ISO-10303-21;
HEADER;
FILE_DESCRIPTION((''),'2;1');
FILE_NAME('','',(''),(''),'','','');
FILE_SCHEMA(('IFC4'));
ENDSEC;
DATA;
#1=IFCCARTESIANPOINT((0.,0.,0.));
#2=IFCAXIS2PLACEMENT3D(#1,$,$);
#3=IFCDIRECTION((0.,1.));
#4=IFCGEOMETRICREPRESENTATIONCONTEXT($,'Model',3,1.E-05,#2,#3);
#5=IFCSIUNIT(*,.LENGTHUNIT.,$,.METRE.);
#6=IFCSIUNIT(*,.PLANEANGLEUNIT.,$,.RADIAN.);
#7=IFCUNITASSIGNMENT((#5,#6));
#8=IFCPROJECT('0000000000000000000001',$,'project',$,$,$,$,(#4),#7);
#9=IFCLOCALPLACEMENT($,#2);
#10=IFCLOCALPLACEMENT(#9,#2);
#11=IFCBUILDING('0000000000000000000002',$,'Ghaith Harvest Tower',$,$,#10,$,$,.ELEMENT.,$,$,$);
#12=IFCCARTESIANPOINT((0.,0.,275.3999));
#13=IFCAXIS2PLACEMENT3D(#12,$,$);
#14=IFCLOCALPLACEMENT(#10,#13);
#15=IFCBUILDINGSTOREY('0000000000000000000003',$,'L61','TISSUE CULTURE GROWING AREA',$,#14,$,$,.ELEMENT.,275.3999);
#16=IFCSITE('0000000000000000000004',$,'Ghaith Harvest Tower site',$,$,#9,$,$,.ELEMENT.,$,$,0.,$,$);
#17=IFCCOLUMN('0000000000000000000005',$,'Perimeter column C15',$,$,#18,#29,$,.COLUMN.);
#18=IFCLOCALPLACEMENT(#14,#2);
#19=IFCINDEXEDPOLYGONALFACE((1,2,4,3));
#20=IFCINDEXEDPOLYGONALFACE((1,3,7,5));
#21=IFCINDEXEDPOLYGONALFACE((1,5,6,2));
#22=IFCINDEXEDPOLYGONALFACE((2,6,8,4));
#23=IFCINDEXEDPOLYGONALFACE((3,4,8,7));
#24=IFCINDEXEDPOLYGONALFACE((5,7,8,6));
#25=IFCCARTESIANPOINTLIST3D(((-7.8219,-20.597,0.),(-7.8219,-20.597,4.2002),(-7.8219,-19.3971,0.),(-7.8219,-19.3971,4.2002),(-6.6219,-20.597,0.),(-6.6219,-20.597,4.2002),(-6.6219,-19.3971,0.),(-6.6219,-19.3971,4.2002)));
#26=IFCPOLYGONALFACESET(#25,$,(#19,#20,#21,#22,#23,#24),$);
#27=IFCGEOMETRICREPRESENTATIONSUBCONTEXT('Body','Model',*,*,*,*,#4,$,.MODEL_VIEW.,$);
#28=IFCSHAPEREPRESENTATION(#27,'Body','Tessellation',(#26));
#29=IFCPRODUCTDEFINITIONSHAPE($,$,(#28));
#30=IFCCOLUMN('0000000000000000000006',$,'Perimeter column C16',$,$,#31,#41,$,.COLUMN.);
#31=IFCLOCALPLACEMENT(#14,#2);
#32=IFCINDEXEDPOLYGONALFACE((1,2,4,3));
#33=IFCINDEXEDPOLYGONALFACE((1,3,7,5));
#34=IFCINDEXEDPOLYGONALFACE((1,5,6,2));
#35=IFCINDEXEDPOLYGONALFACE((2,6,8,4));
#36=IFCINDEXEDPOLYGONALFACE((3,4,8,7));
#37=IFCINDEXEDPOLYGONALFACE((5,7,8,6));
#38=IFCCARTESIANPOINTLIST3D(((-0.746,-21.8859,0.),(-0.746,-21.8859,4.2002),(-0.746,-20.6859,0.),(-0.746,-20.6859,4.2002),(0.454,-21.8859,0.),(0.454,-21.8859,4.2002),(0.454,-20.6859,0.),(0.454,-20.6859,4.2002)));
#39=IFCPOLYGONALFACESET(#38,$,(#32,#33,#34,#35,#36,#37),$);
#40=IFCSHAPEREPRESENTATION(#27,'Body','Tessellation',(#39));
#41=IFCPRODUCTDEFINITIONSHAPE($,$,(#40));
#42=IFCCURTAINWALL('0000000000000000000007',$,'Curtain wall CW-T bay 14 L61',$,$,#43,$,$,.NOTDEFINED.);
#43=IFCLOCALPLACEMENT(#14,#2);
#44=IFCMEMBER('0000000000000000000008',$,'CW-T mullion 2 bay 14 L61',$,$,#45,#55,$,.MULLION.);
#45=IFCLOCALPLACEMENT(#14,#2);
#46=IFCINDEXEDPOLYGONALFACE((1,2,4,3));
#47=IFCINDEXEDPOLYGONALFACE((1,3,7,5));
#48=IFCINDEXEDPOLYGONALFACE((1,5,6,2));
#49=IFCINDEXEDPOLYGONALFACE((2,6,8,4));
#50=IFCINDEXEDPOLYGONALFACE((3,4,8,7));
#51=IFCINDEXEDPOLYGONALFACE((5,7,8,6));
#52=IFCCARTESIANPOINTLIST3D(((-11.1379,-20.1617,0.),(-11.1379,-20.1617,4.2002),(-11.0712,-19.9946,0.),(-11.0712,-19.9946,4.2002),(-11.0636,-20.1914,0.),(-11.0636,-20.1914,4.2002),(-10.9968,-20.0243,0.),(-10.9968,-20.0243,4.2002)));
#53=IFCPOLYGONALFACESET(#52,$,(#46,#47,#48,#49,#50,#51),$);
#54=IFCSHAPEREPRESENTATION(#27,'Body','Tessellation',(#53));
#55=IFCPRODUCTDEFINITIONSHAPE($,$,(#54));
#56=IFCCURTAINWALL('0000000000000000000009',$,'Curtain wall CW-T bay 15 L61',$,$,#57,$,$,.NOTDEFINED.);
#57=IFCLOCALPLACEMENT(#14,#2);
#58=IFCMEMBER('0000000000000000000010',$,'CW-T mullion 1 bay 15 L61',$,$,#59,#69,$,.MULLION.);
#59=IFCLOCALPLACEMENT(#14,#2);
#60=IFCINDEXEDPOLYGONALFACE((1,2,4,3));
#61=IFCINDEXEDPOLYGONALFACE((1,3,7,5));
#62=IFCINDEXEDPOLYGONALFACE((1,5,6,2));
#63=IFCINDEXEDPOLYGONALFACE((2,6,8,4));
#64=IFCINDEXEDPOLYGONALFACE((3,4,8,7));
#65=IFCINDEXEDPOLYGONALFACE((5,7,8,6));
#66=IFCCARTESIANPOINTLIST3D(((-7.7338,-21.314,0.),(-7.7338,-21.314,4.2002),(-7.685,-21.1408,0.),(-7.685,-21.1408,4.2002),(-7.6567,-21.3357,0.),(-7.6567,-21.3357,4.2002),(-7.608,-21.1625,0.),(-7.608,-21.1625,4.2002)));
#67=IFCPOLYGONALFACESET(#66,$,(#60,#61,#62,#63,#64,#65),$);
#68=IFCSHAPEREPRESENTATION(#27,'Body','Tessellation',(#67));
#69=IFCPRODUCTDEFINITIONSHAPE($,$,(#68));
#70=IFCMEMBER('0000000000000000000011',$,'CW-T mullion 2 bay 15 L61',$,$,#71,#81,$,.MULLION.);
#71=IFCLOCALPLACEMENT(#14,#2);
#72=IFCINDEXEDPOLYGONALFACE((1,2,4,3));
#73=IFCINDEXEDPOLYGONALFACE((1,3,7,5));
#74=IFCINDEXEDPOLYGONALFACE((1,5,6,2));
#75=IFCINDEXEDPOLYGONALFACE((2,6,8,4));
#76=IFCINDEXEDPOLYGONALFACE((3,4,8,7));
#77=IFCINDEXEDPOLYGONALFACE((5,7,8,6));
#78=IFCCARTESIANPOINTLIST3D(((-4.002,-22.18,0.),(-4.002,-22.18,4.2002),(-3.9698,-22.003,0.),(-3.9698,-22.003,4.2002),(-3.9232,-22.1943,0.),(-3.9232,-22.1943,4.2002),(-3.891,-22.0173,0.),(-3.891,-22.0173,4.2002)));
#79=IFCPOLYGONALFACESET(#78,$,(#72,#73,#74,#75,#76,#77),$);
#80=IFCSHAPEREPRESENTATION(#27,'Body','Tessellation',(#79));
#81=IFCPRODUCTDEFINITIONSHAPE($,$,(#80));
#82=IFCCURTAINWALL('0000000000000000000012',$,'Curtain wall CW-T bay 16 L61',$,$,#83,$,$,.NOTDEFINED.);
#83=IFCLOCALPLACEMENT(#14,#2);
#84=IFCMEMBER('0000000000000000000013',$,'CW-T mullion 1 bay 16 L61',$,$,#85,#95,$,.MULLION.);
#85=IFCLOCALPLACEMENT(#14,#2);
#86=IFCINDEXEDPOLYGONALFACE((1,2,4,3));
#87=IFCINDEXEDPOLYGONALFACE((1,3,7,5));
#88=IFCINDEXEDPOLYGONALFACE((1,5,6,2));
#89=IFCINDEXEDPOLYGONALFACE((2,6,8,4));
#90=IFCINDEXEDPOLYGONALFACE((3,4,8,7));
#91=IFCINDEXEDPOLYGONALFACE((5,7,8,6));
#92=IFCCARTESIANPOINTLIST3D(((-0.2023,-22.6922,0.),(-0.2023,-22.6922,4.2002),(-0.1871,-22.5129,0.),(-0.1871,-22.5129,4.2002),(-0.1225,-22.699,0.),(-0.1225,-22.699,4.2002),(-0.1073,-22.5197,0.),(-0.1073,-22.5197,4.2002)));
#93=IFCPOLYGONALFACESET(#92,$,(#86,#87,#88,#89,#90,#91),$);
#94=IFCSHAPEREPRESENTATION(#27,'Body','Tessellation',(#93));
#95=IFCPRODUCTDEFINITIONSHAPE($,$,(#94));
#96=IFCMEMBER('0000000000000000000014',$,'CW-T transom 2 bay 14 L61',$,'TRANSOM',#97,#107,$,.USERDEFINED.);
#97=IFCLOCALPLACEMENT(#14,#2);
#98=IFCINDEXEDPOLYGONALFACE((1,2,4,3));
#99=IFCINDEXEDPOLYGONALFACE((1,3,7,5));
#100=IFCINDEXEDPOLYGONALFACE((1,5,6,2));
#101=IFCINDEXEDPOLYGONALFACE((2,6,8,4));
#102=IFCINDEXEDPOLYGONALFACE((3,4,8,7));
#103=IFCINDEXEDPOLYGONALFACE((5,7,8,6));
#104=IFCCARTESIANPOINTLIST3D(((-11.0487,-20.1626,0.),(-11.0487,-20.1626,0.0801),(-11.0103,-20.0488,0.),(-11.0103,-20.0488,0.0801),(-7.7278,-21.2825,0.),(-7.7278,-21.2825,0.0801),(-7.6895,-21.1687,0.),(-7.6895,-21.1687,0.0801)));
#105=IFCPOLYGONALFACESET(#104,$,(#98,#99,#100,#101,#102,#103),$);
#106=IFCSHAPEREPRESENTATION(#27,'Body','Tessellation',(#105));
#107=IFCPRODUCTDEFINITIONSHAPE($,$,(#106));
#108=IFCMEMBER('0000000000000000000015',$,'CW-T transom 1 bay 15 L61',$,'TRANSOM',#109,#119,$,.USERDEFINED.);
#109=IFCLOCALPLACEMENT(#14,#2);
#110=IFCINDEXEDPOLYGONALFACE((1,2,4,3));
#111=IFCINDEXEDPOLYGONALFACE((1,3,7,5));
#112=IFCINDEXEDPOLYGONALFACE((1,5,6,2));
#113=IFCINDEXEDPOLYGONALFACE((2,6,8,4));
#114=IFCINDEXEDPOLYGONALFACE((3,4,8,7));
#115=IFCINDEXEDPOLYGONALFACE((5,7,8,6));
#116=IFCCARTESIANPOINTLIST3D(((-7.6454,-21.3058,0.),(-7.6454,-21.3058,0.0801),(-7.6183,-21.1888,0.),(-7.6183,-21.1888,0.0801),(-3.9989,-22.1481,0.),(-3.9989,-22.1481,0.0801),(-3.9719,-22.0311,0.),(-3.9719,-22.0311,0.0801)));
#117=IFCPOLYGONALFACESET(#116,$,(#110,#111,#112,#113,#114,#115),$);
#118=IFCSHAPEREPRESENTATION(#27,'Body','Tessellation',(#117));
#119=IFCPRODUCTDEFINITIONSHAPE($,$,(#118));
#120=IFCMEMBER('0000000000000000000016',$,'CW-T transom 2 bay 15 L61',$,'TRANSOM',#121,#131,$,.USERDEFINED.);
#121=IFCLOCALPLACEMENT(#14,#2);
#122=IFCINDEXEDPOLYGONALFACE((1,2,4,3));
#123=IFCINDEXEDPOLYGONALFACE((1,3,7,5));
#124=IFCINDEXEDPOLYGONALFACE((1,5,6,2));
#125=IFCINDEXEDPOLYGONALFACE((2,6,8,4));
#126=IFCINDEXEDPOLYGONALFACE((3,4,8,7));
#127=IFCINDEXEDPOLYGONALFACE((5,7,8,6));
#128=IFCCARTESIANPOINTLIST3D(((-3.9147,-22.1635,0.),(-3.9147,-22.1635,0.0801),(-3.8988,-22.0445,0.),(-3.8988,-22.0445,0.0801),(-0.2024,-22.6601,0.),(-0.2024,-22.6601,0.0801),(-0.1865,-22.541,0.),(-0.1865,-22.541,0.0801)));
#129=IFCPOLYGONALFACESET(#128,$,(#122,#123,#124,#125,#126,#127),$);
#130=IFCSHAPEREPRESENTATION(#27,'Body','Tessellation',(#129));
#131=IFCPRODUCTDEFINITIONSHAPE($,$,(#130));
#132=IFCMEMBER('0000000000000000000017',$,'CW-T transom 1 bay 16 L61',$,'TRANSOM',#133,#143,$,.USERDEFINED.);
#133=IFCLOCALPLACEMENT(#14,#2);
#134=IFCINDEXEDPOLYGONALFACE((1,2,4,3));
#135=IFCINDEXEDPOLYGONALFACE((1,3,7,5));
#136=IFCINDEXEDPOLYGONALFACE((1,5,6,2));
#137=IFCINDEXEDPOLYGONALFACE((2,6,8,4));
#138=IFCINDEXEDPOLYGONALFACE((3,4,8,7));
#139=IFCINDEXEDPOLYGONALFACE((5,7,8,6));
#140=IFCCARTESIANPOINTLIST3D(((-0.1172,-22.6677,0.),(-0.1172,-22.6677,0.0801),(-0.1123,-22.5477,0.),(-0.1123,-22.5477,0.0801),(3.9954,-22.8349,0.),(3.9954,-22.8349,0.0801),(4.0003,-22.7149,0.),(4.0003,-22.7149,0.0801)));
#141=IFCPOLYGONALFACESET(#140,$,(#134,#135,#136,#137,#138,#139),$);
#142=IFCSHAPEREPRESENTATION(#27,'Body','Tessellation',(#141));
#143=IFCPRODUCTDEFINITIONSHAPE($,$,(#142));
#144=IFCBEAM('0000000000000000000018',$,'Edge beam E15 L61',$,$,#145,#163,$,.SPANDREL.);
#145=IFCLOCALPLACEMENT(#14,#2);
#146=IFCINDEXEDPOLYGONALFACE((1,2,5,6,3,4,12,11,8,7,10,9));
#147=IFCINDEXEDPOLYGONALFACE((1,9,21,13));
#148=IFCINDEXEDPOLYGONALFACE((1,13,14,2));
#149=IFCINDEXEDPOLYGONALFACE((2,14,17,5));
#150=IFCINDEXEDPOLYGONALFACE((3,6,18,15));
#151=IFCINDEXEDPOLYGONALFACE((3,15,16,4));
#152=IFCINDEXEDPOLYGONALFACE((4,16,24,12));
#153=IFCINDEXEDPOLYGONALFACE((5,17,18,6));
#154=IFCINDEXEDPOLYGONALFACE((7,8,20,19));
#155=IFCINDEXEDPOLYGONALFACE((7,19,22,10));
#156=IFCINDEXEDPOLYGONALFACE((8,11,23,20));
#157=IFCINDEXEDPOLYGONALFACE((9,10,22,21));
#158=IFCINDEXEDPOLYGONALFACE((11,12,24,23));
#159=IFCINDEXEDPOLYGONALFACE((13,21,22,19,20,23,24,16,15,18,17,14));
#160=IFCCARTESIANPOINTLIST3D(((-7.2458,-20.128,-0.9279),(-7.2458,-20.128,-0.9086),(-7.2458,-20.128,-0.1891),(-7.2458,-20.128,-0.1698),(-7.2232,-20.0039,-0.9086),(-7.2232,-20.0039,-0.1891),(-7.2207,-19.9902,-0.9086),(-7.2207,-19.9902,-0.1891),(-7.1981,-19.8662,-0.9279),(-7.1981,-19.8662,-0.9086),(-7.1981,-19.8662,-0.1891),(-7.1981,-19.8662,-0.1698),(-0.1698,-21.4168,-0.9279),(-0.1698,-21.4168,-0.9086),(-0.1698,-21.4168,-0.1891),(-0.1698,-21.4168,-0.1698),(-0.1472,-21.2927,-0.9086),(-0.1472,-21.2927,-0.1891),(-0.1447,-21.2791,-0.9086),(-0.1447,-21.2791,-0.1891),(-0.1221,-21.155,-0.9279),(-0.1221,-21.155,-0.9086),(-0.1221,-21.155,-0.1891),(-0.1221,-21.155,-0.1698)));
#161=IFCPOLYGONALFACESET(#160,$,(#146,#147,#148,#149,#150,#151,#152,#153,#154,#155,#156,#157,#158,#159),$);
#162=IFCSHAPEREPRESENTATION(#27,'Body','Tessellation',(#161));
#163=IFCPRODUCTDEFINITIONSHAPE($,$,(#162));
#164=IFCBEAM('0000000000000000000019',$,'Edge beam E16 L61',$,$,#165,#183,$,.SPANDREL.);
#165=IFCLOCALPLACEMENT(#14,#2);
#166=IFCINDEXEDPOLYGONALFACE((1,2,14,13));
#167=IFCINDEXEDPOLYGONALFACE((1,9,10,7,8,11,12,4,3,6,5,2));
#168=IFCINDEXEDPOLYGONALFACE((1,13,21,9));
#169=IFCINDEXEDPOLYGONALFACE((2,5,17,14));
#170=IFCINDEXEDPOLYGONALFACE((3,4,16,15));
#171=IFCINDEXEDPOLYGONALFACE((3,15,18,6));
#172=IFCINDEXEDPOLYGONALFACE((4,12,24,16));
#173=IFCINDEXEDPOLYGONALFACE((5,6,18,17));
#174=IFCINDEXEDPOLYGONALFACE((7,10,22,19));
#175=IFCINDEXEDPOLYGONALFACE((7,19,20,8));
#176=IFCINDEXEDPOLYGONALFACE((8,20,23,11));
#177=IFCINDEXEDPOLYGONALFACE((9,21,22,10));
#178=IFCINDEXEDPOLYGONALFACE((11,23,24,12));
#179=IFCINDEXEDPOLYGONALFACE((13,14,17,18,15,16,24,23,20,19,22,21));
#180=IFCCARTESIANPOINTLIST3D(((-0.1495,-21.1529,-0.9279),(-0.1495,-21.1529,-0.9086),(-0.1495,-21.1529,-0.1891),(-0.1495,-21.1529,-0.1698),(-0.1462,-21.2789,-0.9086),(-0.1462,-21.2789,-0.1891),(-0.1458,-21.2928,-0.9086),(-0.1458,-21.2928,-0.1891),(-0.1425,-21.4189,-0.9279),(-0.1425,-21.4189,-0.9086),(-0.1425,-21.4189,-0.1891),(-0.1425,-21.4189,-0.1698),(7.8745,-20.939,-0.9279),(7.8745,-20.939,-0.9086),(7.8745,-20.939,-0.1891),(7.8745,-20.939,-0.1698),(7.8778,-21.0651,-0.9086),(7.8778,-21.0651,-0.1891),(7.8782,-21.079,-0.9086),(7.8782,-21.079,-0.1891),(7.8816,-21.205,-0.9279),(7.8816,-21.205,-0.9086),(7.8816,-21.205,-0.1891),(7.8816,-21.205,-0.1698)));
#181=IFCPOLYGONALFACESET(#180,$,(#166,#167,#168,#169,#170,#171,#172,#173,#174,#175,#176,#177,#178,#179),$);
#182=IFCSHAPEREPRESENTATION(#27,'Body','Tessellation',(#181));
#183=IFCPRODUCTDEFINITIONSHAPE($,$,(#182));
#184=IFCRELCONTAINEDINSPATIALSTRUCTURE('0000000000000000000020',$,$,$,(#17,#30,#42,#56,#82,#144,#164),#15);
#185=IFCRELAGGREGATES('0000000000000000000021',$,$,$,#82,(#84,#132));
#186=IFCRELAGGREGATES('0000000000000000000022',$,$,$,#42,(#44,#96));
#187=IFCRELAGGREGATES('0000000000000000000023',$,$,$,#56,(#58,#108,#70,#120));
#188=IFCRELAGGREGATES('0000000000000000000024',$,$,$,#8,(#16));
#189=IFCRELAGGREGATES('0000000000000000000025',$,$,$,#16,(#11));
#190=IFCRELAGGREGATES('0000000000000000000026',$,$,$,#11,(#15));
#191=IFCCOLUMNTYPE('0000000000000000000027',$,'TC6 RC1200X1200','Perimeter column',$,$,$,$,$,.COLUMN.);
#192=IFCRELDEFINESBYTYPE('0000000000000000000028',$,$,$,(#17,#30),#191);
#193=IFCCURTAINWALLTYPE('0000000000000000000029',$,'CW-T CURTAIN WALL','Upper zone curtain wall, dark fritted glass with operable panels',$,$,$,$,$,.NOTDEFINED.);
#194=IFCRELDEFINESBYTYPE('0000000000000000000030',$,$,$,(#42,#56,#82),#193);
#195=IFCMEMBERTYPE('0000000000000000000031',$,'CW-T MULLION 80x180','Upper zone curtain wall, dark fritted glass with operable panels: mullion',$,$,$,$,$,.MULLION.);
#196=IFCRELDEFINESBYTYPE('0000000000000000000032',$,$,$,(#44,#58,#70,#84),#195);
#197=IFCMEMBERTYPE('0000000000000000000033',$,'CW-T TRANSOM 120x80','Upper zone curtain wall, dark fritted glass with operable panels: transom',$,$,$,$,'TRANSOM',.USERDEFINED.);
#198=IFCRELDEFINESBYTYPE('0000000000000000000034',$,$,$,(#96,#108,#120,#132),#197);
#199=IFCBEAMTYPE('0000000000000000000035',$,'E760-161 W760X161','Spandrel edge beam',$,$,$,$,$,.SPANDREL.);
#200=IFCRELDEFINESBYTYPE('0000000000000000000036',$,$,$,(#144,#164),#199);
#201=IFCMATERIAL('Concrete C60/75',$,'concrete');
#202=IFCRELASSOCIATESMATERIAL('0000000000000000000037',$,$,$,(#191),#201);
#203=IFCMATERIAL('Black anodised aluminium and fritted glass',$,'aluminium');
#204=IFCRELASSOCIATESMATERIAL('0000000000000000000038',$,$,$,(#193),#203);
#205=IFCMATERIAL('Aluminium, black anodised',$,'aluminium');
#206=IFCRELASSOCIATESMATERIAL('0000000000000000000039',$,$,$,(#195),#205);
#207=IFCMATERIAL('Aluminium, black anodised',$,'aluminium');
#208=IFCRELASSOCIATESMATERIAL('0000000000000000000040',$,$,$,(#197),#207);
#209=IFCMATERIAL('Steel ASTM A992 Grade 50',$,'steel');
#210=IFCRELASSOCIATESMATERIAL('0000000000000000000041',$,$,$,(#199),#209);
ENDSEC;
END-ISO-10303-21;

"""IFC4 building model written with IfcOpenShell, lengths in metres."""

from ifc_helpers import new_model, si_unit, direction, frame, origin, origin_2d, place, context, subcontext, project, spatial, rectangle, i_section, extrude, material, material_profile, profile_set, type_object, element, aggregate, save


model = new_model("IFC4")

# Units and contexts
model_context = context("Model", 3, precision=1e-05, world=origin(), true_north=direction((0.0, 1.0)))
body_context = subcontext(model_context, "Body", "Model", "MODEL_VIEW")
ifc_project = project(units=[si_unit("LENGTHUNIT", "METRE"), si_unit("PLANEANGLEUNIT", "RADIAN")], contexts=[model_context])

# Site, building, storey
site_placement = place(None, origin())
site = spatial("IfcSite", under=ifc_project, at=site_placement, Name="Ghaith Harvest Tower site", CompositionType="ELEMENT", RefElevation=0.0)
building_placement = place(site_placement, origin())
building = spatial("IfcBuilding", under=site, at=building_placement, Name="Ghaith Harvest Tower", CompositionType="ELEMENT")
storey_placement = place(building_placement, frame((0.0, 0.0, 275.3999)))
storey = spatial("IfcBuildingStorey", under=building, at=storey_placement, Name="L61", Description="TISSUE CULTURE GROWING AREA", CompositionType="ELEMENT", Elevation=275.3999)

# Columns
ifc_material_1 = material(Name="Concrete C60/75", Category="concrete")
ifc_material_profile_1 = material_profile(ifc_material_1, rectangle(XDim=1.2, YDim=1.2, at=origin_2d()), Name="RC1200X1200")
ifc_profile_set_1 = profile_set([ifc_material_profile_1], Name="Concrete C60/75")
column_type = type_object("IfcColumnType", Name="TC6 RC1200X1200", Description="Perimeter column", PredefinedType="COLUMN", material=ifc_profile_set_1)
for number, where, z_axis, x_axis, name in (
    (1, (-7.2219, -19.9971, 0.0), (0.0, 0.0, 1.0), (1.0, 0.0, 0.0), "Perimeter column C15"),
    (2, (-0.146, -21.2859, 0.0), (0.0, 0.0, 1.0), (1.0, 0.0, 0.0), "Perimeter column C16"),
):
    element("IfcColumn", number, at=place(storey_placement, frame(where, z_axis=z_axis, x_axis=x_axis)), inside=storey, type_object=column_type, Name=name, PredefinedType="COLUMN", context=body_context, shape_type="SweptSolid", body=[
        extrude(rectangle(XDim=1.2, YDim=1.2, at=origin_2d()), origin(), (0.0, 0.0, 1.0), 4.2002),
    ])

# Curtain wall, member
ifc_material_2 = material(Name="Black anodised aluminium and fritted glass", Category="aluminium")
curtain_wall_type = type_object("IfcCurtainWallType", Name="CW-T CURTAIN WALL", Description="Upper zone curtain wall, dark fritted glass with operable panels", PredefinedType="NOTDEFINED", material=ifc_material_2)
curtain_wall_1_placement = place(storey_placement, origin())
curtain_wall_1 = element("IfcCurtainWall", 3, at=curtain_wall_1_placement, inside=storey, type_object=curtain_wall_type, Name="Curtain wall CW-T bay 14 L61", PredefinedType="NOTDEFINED")
ifc_material_3 = material(Name="Aluminium, black anodised", Category="aluminium")
ifc_material_profile_2 = material_profile(ifc_material_3, rectangle(XDim=0.0801, YDim=0.1799, at=origin_2d()), Name="CW-T MULLION 80x180")
ifc_profile_set_2 = profile_set([ifc_material_profile_2], Name="Aluminium, black anodised")
member_type_1 = type_object("IfcMemberType", Name="CW-T MULLION 80x180", Description="Upper zone curtain wall, dark fritted glass with operable panels: mullion", PredefinedType="MULLION", material=ifc_profile_set_2)
member_1_placement = place(storey_placement, frame((-11.0674, -20.093, 0.0), z_axis=(0.0, 0.0, 1.0), x_axis=(0.928624, -0.371021, 0.0)))
member_1 = element("IfcMember", 4, at=member_1_placement, type_object=member_type_1, Name="CW-T mullion 2 bay 14 L61", PredefinedType="MULLION", context=body_context, shape_type="SweptSolid", body=[
    extrude(rectangle(XDim=0.0801, YDim=0.1799, at=origin_2d()), origin(), (0.0, 0.0, 1.0), 4.2002),
])

# Curtain wall, members
curtain_wall_2_placement = place(storey_placement, origin())
curtain_wall_2 = element("IfcCurtainWall", 5, at=curtain_wall_2_placement, inside=storey, type_object=curtain_wall_type, Name="Curtain wall CW-T bay 15 L61", PredefinedType="NOTDEFINED")
member_2_placement = place(storey_placement, frame((-7.6709, -21.2383, 0.0), z_axis=(0.0, 0.0, 1.0), x_axis=(0.962552, -0.271095, 0.0)))
member_2 = element("IfcMember", 6, at=member_2_placement, type_object=member_type_1, Name="CW-T mullion 1 bay 15 L61", PredefinedType="MULLION", context=body_context, shape_type="SweptSolid", body=[
    extrude(rectangle(XDim=0.0801, YDim=0.1799, at=origin_2d()), origin(), (0.0, 0.0, 1.0), 4.2002),
])
member_3_placement = place(storey_placement, frame((-3.9465, -22.0986, 0.0), z_axis=(0.0, 0.0, 1.0), x_axis=(0.983843, -0.179031, 0.0)))
member_3 = element("IfcMember", 7, at=member_3_placement, type_object=member_type_1, Name="CW-T mullion 2 bay 15 L61", PredefinedType="MULLION", context=body_context, shape_type="SweptSolid", body=[
    extrude(rectangle(XDim=0.0801, YDim=0.1799, at=origin_2d()), origin(), (0.0, 0.0, 1.0), 4.2002),
])

# Curtain wall, member
curtain_wall_3_placement = place(storey_placement, origin())
curtain_wall_3 = element("IfcCurtainWall", 8, at=curtain_wall_3_placement, inside=storey, type_object=curtain_wall_type, Name="Curtain wall CW-T bay 16 L61", PredefinedType="NOTDEFINED")
member_4_placement = place(storey_placement, frame((-0.1548, -22.606, 0.0), z_axis=(0.0, 0.0, 1.0), x_axis=(0.996415, -0.084602, 0.0)))
member_4 = element("IfcMember", 9, at=member_4_placement, type_object=member_type_1, Name="CW-T mullion 1 bay 16 L61", PredefinedType="MULLION", context=body_context, shape_type="SweptSolid", body=[
    extrude(rectangle(XDim=0.0801, YDim=0.1799, at=origin_2d()), origin(), (0.0, 0.0, 1.0), 4.2002),
])

# Members
ifc_material_4 = material(Name="Aluminium, black anodised", Category="aluminium")
ifc_material_profile_3 = material_profile(ifc_material_4, rectangle(XDim=0.1201, YDim=0.0801, at=origin_2d()), Name="CW-T TRANSOM 120x80")
ifc_profile_set_3 = profile_set([ifc_material_profile_3], Name="Aluminium, black anodised")
member_type_2 = type_object("IfcMemberType", Name="CW-T TRANSOM 120x80", Description="Upper zone curtain wall, dark fritted glass with operable panels: transom", ElementType="TRANSOM", PredefinedType="USERDEFINED", material=ifc_profile_set_3)
member_5_placement = place(storey_placement, frame((-11.0295, -20.1057, 0.04), z_axis=(0.94757, -0.319549, 0.0), x_axis=(0.319549, 0.94757, 0.0)))
member_5 = element("IfcMember", 10, at=member_5_placement, type_object=member_type_2, Name="CW-T transom 2 bay 14 L61", ObjectType="TRANSOM", PredefinedType="USERDEFINED", context=body_context, shape_type="SweptSolid", body=[
    extrude(rectangle(XDim=0.1201, YDim=0.0801, at=origin_2d()), origin(), (0.0, 0.0, 1.0), 3.5046),
])
member_6_placement = place(storey_placement, frame((-7.6318, -21.2473, 0.04), z_axis=(0.974345, -0.22506, 0.0), x_axis=(0.22506, 0.974345, 0.0)))
member_6 = element("IfcMember", 11, at=member_6_placement, type_object=member_type_2, Name="CW-T transom 1 bay 15 L61", ObjectType="TRANSOM", PredefinedType="USERDEFINED", context=body_context, shape_type="SweptSolid", body=[
    extrude(rectangle(XDim=0.1201, YDim=0.0801, at=origin_2d()), origin(), (0.0, 0.0, 1.0), 3.7424),
])
member_7_placement = place(storey_placement, frame((-3.9067, -22.104, 0.04), z_axis=(0.991172, -0.132582, 0.0), x_axis=(0.132582, 0.991172, 0.0)))
member_7 = element("IfcMember", 12, at=member_7_placement, type_object=member_type_2, Name="CW-T transom 2 bay 15 L61", ObjectType="TRANSOM", PredefinedType="USERDEFINED", context=body_context, shape_type="SweptSolid", body=[
    extrude(rectangle(XDim=0.1201, YDim=0.0801, at=origin_2d()), origin(), (0.0, 0.0, 1.0), 3.7454),
])
member_8_placement = place(storey_placement, frame((-0.1147, -22.6077, 0.04), z_axis=(0.999174, -0.040631, 0.0), x_axis=(0.040631, 0.999174, 0.0)))
member_8 = element("IfcMember", 13, at=member_8_placement, type_object=member_type_2, Name="CW-T transom 1 bay 16 L61", ObjectType="TRANSOM", PredefinedType="USERDEFINED", context=body_context, shape_type="SweptSolid", body=[
    extrude(rectangle(XDim=0.1201, YDim=0.0801, at=origin_2d()), origin(), (0.0, 0.0, 1.0), 4.116),
])
aggregate(curtain_wall_3, [member_4, member_8])

# Beams
ifc_material_5 = material(Name="Steel ASTM A992 Grade 50", Category="steel")
ifc_material_profile_4 = material_profile(ifc_material_5, i_section(OverallWidth=0.2661, OverallDepth=0.7581, WebThickness=0.0139, FlangeThickness=0.0193, at=origin_2d()), Name="W760X161")
ifc_profile_set_4 = profile_set([ifc_material_profile_4], Name="Steel ASTM A992 Grade 50")
beam_type = type_object("IfcBeamType", Name="E760-161 W760X161", Description="Spandrel edge beam", PredefinedType="SPANDREL", material=ifc_profile_set_4)
beam_1_placement = place(storey_placement, frame((-7.2219, -19.9971, -0.5488), z_axis=(0.983814, -0.179193, 0.0), x_axis=(0.179193, 0.983814, 0.0)))
element("IfcBeam", 14, at=beam_1_placement, inside=storey, type_object=beam_type, Name="Edge beam E15 L61", PredefinedType="SPANDREL", context=body_context, shape_type="SweptSolid", body=[
    extrude(i_section(OverallWidth=0.2661, OverallDepth=0.7581, WebThickness=0.0139, FlangeThickness=0.0193, at=origin_2d()), origin(), (0.0, 0.0, 1.0), 7.1924),
])
beam_2_placement = place(storey_placement, frame((-0.146, -21.2859, -0.5488), z_axis=(0.999645, 0.026644, 0.0), x_axis=(-0.026644, 0.999645, 0.0)))
element("IfcBeam", 15, at=beam_2_placement, inside=storey, type_object=beam_type, Name="Edge beam E16 L61", PredefinedType="SPANDREL", context=body_context, shape_type="SweptSolid", body=[
    extrude(i_section(OverallWidth=0.2661, OverallDepth=0.7581, WebThickness=0.0139, FlangeThickness=0.0193, at=origin_2d()), origin(), (0.0, 0.0, 1.0), 8.0269),
])

aggregate(curtain_wall_1, [member_1, member_5])
aggregate(curtain_wall_2, [member_2, member_6, member_3, member_7])

save(model, "model.ifc")
